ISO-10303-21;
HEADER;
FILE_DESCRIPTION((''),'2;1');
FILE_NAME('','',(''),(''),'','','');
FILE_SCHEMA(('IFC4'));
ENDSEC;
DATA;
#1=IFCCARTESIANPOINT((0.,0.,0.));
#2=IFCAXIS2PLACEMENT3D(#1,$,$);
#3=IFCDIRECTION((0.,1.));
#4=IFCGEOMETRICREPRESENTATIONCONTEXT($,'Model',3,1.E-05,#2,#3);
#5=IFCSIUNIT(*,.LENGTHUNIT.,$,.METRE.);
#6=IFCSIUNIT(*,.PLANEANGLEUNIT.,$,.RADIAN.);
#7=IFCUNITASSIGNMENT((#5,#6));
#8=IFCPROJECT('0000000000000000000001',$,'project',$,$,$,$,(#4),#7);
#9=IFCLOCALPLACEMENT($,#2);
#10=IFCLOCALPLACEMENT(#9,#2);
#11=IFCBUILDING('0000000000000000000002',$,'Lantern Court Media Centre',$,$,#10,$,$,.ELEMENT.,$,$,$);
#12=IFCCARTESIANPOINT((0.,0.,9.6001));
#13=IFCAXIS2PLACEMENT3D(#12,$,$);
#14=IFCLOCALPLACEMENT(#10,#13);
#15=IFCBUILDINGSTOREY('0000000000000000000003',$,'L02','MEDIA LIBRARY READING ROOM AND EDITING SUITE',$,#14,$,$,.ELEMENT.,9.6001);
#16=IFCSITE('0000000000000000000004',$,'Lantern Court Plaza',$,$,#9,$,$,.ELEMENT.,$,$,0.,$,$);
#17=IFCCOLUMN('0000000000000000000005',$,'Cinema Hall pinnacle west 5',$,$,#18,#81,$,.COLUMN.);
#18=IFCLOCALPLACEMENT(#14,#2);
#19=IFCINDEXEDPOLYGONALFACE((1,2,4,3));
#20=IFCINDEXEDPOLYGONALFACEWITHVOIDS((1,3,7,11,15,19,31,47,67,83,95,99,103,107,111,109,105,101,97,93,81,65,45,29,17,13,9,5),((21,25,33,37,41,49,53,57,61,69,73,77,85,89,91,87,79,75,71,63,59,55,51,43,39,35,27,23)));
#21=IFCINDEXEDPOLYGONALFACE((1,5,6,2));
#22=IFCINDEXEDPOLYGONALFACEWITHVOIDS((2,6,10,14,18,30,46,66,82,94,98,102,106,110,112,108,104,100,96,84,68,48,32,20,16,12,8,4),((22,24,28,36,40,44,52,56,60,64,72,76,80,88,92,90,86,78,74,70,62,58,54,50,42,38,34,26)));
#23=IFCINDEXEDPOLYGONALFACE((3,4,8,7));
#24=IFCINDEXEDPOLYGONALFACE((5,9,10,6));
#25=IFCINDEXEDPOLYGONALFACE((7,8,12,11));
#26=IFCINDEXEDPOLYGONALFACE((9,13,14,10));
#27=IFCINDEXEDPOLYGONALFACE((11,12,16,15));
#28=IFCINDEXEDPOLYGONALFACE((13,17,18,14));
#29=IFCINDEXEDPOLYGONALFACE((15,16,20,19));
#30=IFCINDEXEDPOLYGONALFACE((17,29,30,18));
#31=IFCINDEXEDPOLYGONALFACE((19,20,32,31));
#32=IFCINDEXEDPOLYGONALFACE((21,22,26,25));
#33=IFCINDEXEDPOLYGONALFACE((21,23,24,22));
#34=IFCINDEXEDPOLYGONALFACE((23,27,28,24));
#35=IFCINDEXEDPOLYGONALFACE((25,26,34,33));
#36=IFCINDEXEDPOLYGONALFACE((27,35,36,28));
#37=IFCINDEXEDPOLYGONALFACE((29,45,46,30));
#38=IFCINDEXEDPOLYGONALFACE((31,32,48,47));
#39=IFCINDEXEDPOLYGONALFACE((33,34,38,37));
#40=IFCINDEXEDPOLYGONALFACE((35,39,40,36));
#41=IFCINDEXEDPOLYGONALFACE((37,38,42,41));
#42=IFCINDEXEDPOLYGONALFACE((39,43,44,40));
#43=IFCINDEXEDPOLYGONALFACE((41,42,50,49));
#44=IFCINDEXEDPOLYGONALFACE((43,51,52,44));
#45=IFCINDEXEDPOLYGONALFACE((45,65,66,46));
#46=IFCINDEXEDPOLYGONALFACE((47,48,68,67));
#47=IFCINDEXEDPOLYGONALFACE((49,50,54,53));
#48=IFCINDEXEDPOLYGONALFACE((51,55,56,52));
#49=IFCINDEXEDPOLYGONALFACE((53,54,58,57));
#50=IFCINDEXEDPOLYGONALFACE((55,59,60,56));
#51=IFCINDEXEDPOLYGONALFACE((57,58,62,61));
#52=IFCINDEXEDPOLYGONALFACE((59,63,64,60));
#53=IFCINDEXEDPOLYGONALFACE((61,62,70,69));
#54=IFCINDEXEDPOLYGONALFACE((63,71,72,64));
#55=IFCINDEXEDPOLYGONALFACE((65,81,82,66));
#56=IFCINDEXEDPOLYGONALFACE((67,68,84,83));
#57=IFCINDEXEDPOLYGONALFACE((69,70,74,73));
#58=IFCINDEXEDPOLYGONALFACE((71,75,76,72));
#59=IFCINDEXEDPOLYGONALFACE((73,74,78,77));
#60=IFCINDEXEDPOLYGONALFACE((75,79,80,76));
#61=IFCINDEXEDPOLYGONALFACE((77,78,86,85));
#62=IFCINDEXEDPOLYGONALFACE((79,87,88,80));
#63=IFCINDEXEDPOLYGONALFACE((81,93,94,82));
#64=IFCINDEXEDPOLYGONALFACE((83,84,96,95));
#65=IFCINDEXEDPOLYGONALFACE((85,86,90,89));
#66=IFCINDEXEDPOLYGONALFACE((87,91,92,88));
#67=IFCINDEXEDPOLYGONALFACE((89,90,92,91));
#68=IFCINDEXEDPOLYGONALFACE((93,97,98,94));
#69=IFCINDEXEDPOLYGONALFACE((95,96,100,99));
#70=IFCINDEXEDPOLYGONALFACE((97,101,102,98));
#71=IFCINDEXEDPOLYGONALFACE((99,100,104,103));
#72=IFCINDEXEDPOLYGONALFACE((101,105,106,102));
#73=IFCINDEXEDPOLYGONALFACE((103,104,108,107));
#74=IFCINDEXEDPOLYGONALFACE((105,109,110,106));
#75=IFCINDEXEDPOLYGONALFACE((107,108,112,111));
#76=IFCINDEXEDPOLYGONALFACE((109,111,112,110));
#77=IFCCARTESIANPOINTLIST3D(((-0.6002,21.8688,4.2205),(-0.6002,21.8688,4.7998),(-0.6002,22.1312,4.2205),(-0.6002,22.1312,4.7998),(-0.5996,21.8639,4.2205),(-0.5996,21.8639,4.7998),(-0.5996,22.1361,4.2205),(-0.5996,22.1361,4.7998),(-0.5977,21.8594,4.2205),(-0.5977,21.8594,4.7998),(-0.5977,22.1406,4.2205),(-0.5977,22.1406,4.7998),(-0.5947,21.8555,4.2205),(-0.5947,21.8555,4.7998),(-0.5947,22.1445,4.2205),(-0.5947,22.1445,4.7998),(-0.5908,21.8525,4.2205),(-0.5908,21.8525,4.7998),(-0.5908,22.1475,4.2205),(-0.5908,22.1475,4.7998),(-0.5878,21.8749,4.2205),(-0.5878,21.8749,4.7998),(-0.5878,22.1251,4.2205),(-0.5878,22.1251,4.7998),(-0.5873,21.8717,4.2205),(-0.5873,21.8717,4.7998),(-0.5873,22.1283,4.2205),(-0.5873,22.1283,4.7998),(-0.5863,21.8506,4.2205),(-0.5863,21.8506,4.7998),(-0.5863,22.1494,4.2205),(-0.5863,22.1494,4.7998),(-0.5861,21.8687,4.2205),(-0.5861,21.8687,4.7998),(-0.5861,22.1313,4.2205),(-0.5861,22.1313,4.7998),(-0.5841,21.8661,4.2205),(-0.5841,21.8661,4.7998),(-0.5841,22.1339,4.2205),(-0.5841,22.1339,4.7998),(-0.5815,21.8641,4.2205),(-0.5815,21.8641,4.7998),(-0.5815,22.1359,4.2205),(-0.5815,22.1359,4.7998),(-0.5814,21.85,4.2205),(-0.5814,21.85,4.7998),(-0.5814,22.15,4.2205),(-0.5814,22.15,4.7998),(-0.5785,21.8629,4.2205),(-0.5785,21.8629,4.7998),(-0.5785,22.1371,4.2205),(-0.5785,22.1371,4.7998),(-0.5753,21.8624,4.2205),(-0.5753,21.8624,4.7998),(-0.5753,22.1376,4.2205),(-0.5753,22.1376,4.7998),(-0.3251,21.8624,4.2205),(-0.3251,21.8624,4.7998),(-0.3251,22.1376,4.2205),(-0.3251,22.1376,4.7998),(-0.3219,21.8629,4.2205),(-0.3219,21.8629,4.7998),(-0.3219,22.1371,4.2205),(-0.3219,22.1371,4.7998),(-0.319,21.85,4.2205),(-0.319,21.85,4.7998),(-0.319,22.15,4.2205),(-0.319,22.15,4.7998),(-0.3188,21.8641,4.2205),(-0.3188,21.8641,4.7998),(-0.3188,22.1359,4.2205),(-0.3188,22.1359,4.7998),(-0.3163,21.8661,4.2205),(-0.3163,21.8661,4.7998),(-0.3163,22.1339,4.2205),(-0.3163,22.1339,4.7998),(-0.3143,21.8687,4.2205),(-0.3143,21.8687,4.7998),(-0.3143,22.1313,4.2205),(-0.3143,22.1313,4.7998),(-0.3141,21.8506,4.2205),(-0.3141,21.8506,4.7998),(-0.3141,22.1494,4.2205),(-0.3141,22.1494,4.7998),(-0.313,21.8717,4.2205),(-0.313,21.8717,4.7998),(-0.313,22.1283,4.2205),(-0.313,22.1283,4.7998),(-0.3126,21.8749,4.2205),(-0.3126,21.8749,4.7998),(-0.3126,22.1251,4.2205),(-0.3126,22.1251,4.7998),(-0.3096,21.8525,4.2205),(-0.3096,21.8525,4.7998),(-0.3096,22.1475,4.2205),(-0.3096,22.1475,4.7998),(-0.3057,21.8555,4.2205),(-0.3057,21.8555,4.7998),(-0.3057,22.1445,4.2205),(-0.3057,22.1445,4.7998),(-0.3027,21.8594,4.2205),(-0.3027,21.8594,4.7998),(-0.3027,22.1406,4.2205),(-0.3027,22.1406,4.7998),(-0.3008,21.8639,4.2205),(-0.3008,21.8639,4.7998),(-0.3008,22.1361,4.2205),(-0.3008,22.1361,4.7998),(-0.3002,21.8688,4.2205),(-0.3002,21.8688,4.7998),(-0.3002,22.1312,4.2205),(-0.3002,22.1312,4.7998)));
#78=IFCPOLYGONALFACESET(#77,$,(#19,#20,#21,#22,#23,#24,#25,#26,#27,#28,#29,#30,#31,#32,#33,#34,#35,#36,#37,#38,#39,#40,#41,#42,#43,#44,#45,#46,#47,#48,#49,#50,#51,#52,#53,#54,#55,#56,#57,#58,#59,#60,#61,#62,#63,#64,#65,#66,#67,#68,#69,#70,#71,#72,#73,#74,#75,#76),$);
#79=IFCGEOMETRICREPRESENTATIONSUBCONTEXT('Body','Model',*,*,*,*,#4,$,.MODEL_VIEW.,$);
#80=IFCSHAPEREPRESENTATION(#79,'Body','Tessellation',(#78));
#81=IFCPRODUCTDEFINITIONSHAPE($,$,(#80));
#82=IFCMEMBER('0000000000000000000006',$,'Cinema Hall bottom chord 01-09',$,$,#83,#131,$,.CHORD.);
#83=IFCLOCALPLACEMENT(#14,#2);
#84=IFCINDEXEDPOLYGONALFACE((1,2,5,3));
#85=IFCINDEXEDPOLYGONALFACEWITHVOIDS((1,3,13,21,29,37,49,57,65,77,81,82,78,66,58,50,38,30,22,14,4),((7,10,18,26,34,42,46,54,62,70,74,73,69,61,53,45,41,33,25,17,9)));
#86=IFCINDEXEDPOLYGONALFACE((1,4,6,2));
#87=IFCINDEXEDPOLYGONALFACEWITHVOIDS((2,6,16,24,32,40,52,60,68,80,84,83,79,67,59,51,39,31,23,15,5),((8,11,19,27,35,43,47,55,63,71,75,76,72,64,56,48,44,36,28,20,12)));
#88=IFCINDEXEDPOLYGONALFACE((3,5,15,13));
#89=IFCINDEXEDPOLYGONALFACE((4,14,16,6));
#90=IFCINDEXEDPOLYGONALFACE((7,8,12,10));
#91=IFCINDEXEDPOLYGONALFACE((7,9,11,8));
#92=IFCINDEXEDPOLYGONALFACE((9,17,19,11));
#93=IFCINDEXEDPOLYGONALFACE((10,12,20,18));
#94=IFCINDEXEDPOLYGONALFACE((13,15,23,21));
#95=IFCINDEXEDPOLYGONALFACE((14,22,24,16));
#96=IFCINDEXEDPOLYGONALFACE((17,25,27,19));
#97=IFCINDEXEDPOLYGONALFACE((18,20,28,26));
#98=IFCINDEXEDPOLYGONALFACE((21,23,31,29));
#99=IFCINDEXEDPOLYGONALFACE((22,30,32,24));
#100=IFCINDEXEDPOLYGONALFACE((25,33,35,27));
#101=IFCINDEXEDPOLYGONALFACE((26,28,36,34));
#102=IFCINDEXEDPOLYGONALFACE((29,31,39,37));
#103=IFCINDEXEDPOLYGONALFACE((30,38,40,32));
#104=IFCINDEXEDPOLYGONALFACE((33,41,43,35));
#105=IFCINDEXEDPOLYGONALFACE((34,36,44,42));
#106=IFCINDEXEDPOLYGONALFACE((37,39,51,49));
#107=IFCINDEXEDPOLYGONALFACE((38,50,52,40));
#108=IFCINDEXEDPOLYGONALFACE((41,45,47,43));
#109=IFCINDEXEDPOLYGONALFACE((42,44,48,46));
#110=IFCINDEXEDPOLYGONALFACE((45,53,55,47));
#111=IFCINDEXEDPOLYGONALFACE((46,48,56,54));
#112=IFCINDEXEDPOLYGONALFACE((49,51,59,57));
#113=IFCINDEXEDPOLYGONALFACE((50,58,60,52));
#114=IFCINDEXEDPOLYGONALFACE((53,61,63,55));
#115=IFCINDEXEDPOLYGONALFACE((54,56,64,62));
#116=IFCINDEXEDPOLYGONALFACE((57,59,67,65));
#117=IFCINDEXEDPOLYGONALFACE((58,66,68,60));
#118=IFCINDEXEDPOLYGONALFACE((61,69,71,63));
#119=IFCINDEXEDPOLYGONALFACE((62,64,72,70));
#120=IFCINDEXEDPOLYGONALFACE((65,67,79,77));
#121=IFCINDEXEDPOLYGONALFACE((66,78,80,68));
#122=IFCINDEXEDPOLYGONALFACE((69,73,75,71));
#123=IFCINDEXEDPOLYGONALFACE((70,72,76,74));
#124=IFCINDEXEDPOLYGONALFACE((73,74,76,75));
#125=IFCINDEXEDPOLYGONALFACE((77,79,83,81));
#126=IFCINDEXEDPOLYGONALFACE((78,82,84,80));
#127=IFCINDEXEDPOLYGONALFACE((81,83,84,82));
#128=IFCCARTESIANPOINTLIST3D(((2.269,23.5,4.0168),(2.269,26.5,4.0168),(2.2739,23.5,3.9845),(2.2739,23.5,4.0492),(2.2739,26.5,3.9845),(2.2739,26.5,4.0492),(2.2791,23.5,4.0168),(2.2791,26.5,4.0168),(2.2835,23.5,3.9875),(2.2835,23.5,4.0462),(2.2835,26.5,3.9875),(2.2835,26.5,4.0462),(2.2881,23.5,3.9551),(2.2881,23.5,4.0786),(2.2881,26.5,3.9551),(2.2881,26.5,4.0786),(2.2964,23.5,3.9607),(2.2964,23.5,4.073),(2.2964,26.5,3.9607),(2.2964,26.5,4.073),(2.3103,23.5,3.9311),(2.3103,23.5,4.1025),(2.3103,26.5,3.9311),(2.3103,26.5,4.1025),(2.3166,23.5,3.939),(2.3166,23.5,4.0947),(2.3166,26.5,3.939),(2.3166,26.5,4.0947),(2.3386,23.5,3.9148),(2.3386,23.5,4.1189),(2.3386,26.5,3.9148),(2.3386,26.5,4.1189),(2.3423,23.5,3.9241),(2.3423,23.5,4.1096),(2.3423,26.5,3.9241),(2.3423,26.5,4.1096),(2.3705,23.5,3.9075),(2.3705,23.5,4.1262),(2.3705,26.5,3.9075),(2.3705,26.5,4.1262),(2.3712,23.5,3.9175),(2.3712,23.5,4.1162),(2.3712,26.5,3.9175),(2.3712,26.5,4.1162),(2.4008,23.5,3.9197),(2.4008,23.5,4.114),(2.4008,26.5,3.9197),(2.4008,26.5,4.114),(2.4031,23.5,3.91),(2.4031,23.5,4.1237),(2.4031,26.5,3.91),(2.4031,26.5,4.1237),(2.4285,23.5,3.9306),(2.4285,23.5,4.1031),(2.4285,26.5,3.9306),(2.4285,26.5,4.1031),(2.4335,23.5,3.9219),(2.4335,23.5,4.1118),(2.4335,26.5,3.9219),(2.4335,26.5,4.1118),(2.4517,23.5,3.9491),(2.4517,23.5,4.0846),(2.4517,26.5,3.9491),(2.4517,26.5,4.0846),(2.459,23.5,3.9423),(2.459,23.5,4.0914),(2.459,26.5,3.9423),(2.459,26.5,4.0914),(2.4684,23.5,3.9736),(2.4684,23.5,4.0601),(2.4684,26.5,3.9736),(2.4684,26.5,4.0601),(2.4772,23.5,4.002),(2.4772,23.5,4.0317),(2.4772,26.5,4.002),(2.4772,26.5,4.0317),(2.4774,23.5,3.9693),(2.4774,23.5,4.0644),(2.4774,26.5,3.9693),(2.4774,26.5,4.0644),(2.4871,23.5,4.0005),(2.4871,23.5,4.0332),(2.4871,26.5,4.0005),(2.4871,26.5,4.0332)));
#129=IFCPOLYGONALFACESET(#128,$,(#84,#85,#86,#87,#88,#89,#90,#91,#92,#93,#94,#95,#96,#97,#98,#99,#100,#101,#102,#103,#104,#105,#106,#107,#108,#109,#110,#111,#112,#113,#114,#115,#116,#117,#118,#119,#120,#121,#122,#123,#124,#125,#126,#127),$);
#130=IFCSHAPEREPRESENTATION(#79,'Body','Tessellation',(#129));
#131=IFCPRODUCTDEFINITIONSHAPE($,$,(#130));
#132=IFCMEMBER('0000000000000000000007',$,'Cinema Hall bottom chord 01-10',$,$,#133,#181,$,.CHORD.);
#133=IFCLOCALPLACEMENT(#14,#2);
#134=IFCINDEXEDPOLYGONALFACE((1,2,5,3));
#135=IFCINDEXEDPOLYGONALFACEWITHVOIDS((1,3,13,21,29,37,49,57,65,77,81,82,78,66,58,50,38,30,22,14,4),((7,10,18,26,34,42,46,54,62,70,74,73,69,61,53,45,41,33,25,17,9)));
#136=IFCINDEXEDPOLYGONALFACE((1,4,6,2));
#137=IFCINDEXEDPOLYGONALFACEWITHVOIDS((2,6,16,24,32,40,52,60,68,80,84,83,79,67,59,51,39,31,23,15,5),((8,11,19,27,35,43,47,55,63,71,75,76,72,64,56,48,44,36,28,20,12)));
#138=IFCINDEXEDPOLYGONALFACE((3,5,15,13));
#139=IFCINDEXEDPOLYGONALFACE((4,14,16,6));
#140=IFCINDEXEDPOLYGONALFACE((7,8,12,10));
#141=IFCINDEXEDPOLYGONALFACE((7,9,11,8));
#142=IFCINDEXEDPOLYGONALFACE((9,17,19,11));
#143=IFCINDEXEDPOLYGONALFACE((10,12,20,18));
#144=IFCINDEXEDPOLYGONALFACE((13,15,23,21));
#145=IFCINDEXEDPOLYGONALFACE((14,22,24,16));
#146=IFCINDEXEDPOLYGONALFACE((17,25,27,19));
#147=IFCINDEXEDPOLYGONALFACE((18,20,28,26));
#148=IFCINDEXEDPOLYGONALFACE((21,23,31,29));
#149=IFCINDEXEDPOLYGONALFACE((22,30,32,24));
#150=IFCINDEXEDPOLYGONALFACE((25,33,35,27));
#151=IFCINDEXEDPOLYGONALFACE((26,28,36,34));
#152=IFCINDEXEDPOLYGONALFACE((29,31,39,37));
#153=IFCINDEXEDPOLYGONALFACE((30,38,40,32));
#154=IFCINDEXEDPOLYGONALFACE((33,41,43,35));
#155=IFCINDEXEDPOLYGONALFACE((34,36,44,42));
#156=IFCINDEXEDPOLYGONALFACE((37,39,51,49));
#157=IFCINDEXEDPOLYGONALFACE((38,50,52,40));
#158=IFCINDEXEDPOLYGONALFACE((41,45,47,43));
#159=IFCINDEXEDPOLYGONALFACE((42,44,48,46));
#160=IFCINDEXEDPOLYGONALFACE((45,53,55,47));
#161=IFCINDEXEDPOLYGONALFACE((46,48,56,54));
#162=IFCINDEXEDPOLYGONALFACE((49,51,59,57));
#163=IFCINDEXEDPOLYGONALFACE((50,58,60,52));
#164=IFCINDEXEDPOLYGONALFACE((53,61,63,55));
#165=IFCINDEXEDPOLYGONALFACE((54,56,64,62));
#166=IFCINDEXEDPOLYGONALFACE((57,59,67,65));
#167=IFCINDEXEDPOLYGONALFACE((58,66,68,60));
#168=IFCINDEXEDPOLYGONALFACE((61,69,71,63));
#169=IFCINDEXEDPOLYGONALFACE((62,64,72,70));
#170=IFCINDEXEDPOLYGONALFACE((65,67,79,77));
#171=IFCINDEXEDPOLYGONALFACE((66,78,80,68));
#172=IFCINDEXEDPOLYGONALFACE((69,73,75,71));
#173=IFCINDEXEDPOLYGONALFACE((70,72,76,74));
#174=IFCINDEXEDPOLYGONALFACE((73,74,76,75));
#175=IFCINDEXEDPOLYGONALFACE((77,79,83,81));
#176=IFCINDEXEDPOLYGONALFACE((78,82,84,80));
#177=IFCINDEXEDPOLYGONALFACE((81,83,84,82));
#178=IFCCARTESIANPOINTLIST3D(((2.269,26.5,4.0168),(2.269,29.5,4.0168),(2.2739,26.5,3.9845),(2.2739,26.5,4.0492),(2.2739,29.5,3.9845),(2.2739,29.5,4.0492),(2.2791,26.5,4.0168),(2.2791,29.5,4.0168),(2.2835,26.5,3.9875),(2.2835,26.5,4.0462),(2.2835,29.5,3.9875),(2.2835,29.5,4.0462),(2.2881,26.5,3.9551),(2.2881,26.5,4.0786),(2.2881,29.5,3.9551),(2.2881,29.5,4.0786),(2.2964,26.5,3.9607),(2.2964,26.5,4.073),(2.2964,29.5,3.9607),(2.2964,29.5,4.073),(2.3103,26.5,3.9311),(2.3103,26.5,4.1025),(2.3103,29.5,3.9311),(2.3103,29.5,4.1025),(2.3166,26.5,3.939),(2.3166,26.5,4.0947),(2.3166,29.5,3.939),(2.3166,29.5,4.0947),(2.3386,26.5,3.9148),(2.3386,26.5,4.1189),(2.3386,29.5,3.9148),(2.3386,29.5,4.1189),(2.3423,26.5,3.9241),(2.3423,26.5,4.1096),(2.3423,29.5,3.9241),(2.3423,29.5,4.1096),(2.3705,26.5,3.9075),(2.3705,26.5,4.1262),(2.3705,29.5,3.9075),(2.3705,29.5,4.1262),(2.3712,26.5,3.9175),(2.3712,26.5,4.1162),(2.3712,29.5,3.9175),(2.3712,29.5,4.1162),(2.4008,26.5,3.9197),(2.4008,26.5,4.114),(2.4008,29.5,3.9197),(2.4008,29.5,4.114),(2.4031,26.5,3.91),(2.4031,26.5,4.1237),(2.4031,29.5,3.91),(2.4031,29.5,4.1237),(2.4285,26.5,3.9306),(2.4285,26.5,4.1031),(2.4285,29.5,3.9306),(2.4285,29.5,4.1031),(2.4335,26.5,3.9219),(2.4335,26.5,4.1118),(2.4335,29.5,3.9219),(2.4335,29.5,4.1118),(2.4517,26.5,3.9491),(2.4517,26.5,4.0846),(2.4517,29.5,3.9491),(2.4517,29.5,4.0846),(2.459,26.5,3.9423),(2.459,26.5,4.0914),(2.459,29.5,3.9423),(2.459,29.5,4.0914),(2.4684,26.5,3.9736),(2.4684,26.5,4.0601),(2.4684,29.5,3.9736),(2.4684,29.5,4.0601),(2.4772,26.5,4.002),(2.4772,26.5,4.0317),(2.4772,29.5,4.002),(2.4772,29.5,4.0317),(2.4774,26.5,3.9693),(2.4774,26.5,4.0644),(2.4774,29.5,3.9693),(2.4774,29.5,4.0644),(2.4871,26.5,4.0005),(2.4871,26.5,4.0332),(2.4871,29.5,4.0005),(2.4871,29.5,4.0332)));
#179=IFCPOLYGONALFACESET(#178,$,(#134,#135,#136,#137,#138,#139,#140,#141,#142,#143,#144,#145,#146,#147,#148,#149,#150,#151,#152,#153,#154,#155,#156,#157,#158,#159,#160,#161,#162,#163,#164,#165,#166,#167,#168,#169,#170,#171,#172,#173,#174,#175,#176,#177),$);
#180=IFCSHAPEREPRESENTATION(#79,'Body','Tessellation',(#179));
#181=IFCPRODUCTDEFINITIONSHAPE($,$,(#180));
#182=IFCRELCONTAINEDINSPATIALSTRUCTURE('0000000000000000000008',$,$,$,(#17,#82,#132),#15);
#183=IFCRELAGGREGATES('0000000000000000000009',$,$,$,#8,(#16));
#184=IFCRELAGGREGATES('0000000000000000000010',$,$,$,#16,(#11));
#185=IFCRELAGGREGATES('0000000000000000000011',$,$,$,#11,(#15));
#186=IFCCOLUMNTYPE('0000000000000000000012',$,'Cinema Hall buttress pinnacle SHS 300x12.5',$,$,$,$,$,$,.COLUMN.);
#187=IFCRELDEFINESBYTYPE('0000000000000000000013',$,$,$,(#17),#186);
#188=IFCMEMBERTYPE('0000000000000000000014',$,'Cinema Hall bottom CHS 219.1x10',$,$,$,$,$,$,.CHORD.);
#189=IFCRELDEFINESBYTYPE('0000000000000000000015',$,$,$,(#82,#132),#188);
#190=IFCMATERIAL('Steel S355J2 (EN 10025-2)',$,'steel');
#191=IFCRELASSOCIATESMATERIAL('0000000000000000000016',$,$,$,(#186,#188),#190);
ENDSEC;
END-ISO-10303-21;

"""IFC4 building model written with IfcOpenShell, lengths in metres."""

from ifc_helpers import new_model, si_unit, direction, frame, origin, origin_2d, place, context, subcontext, project, spatial, hollow_rectangle, hollow_circle, extrude, material, material_profile, profile_set, type_object, element, save


model = new_model("IFC4")

# Units and contexts
model_context = context("Model", 3, precision=1e-05, world=origin(), true_north=direction((0.0, 1.0)))
body_context = subcontext(model_context, "Body", "Model", "MODEL_VIEW")
ifc_project = project(units=[si_unit("LENGTHUNIT", "METRE"), si_unit("PLANEANGLEUNIT", "RADIAN")], contexts=[model_context])

# Site, building, storey
site_placement = place(None, origin())
site = spatial("IfcSite", under=ifc_project, at=site_placement, Name="Lantern Court Plaza", CompositionType="ELEMENT", RefElevation=0.0)
building_placement = place(site_placement, origin())
building = spatial("IfcBuilding", under=site, at=building_placement, Name="Lantern Court Media Centre", CompositionType="ELEMENT")
storey_placement = place(building_placement, frame((0.0, 0.0, 9.6001)))
storey = spatial("IfcBuildingStorey", under=building, at=storey_placement, Name="L02", Description="MEDIA LIBRARY READING ROOM AND EDITING SUITE", CompositionType="ELEMENT", Elevation=9.6001)

# Column
ifc_material_1 = material(Name="Steel S355J2 (EN 10025-2)", Category="steel")
ifc_material_profile_1 = material_profile(ifc_material_1, hollow_rectangle(XDim=0.3, YDim=0.3, WallThickness=0.0125, InnerFilletRadius=0.0125, OuterFilletRadius=0.0188, at=origin_2d()), Name="Cinema Hall buttress pinnacle SHS 300x12.5")
ifc_profile_set_1 = profile_set([ifc_material_profile_1], Name="Steel S355J2 (EN 10025-2)")
column_type = type_object("IfcColumnType", Name="Cinema Hall buttress pinnacle SHS 300x12.5", PredefinedType="COLUMN", material=ifc_profile_set_1)
column_placement = place(storey_placement, frame((-0.4502, 22.0, 4.2205), z_axis=(0.0, 0.0, 1.0), x_axis=(1.0, 0.0, 0.0)))
element("IfcColumn", 1, at=column_placement, inside=storey, type_object=column_type, Name="Cinema Hall pinnacle west 5", PredefinedType="COLUMN", context=body_context, shape_type="SweptSolid", body=[
    extrude(hollow_rectangle(XDim=0.3, YDim=0.3, WallThickness=0.0125, InnerFilletRadius=0.0125, OuterFilletRadius=0.0188, at=origin_2d()), origin(), (0.0, 0.0, 1.0), 0.5793),
])

# Members
ifc_material_profile_2 = material_profile(ifc_material_1, hollow_circle(Radius=0.1096, WallThickness=0.01, at=origin_2d()), Name="Cinema Hall bottom CHS 219.1x10")
ifc_profile_set_2 = profile_set([ifc_material_profile_2], Name="Steel S355J2 (EN 10025-2)")
member_type_1 = type_object("IfcMemberType", Name="Cinema Hall bottom CHS 219.1x10", PredefinedType="CHORD", material=ifc_profile_set_2)
for number, where, z_axis, x_axis, name in (
    (2, (2.3787, 23.5, 4.0168), (0.0, 1.0, 0.0), (-1.0, 0.0, 0.0), "Cinema Hall bottom chord 01-09"),
    (3, (2.3787, 26.5, 4.0168), (0.0, 1.0, 0.0), (-1.0, 0.0, 0.0), "Cinema Hall bottom chord 01-10"),
):
    element("IfcMember", number, at=place(storey_placement, frame(where, z_axis=z_axis, x_axis=x_axis)), inside=storey, type_object=member_type_1, Name=name, PredefinedType="CHORD", context=body_context, shape_type="SweptSolid", body=[
        extrude(hollow_circle(Radius=0.1096, WallThickness=0.01, at=origin_2d()), origin(), (0.0, 0.0, 1.0), 3.0),
    ])

save(model, "model.ifc")
